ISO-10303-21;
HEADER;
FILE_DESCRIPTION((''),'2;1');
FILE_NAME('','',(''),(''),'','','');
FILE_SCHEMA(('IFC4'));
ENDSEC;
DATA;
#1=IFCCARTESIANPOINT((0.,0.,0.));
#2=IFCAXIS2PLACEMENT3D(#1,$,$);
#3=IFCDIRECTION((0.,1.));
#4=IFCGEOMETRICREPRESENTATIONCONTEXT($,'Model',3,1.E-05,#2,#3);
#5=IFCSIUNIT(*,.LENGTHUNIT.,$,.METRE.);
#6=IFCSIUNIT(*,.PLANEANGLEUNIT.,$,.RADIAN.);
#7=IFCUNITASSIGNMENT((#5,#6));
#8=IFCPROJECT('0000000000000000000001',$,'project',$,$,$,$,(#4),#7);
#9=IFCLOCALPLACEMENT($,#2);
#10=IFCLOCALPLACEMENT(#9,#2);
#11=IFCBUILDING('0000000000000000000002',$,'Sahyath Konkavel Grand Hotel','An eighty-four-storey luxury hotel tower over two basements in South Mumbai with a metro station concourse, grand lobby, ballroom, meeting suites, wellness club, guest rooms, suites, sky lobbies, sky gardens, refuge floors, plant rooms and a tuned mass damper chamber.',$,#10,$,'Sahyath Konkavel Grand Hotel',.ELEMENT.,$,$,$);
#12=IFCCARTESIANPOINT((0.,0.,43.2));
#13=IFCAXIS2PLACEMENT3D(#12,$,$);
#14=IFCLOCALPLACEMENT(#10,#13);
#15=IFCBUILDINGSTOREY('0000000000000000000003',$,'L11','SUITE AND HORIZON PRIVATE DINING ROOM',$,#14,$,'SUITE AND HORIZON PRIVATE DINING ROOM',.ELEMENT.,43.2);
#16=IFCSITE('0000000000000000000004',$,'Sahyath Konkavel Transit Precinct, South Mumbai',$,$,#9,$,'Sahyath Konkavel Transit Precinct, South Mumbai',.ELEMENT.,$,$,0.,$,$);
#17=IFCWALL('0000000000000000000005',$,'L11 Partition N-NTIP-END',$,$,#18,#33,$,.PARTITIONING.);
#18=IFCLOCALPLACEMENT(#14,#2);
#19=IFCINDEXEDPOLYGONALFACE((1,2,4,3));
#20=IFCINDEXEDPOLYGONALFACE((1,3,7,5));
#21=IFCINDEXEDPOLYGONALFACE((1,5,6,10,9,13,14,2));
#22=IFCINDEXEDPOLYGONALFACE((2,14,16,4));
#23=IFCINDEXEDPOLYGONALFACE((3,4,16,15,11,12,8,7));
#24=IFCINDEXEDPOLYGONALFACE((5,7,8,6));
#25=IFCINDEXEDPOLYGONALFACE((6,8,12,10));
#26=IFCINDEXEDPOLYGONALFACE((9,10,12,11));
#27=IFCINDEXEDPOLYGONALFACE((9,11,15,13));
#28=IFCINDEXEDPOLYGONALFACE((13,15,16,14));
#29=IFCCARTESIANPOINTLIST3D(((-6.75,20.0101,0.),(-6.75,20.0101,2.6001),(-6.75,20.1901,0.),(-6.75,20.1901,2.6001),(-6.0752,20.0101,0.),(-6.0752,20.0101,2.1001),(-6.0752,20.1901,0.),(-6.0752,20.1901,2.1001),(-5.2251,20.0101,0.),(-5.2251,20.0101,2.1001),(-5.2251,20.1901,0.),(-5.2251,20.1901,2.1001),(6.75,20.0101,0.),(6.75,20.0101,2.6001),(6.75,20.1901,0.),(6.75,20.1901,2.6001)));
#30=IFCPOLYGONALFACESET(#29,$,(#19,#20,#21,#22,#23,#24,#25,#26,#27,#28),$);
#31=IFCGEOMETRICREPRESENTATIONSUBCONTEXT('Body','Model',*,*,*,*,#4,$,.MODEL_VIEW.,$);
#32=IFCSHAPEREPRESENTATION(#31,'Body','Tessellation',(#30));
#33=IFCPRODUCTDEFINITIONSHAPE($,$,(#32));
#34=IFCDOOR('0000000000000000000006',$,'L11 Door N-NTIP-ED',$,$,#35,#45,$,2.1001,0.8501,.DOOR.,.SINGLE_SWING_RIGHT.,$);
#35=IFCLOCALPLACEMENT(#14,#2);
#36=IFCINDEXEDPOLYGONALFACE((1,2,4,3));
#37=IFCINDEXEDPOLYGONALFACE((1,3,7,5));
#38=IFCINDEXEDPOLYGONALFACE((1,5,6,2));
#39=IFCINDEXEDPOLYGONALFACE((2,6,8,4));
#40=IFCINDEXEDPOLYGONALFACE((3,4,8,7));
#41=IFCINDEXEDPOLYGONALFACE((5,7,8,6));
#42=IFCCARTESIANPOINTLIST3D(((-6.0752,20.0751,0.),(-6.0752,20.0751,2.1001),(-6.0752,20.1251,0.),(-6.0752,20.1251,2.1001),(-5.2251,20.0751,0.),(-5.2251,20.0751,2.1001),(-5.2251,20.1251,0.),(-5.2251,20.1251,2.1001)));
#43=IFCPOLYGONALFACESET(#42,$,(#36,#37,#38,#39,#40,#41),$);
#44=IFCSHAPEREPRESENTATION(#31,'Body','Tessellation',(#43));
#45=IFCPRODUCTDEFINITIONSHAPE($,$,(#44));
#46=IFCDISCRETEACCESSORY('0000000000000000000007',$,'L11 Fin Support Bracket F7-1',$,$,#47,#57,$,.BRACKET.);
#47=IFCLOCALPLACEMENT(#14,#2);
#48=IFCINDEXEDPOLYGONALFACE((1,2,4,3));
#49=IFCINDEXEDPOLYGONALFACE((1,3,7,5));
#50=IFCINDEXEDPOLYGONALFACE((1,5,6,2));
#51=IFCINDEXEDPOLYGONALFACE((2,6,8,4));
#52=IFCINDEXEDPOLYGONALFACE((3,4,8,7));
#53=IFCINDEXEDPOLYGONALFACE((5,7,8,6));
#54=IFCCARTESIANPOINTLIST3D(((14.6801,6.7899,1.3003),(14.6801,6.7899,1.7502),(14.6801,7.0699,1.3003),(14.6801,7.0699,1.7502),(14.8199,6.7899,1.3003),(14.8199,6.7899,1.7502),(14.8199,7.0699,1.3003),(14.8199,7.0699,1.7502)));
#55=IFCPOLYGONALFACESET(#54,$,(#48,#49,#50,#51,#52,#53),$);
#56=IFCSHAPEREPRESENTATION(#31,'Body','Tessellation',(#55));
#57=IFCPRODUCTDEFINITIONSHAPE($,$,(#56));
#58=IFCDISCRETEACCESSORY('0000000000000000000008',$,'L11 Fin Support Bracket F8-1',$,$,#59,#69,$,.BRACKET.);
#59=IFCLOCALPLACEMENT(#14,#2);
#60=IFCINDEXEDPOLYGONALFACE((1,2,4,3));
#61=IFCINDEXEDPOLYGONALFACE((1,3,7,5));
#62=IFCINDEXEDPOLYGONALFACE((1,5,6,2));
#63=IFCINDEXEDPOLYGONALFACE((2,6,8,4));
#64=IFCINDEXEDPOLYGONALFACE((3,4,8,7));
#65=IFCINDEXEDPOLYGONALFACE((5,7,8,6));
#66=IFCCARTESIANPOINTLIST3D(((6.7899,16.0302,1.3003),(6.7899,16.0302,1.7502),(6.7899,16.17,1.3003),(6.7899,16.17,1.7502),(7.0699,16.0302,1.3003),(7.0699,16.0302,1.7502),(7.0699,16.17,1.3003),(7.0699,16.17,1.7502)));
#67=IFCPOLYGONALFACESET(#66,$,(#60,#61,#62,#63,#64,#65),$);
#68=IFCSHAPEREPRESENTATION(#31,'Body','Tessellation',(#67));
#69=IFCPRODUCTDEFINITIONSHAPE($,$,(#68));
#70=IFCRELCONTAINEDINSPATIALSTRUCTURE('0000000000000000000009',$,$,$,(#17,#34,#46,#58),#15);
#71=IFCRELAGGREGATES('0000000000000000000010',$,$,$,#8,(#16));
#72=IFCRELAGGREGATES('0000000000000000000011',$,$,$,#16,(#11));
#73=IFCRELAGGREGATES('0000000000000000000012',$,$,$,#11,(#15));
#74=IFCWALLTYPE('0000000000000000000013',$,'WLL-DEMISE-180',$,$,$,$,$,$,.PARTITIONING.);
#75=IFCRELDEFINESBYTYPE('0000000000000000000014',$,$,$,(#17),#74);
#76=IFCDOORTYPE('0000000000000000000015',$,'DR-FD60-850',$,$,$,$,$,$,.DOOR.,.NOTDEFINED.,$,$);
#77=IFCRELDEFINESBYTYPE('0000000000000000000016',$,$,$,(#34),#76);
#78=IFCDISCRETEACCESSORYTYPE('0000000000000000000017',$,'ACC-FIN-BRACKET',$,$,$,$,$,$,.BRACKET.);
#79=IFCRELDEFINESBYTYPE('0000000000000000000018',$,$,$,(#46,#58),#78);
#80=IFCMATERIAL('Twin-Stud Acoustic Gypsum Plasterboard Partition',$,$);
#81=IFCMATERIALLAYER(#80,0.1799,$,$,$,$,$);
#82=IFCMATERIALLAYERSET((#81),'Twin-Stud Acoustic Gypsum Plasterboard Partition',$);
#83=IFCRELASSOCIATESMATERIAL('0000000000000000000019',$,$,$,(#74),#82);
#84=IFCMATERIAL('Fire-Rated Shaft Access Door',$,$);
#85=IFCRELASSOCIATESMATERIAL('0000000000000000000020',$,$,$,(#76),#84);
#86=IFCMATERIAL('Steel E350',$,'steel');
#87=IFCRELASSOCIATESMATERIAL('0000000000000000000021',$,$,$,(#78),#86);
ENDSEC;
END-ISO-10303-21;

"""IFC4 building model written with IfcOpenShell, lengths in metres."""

from ifc_helpers import new_model, si_unit, direction, frame, frame_2d, origin, origin_2d, place, context, subcontext, project, spatial, rectangle, extrude, source, transform, mapped, material, layer, layer_set, type_object, element, fill, save


model = new_model("IFC4")

# Units and contexts
model_context = context("Model", 3, precision=1e-05, world=origin(), true_north=direction((0.0, 1.0)))
body_context = subcontext(model_context, "Body", "Model", "MODEL_VIEW")
ifc_project = project(units=[si_unit("LENGTHUNIT", "METRE"), si_unit("PLANEANGLEUNIT", "RADIAN")], contexts=[model_context])

# Site, building, storey
site_placement = place(None, origin())
site = spatial("IfcSite", under=ifc_project, at=site_placement, Name="Sahyath Konkavel Transit Precinct, South Mumbai", LongName="Sahyath Konkavel Transit Precinct, South Mumbai", CompositionType="ELEMENT", RefElevation=0.0)
building_placement = place(site_placement, origin())
building = spatial("IfcBuilding", under=site, at=building_placement, Name="Sahyath Konkavel Grand Hotel", Description="An eighty-four-storey luxury hotel tower over two basements in South Mumbai with a metro station concourse, grand lobby, ballroom, meeting suites, wellness club, guest rooms, suites, sky lobbies, sky gardens, refuge floors, plant rooms and a tuned mass damper chamber.", LongName="Sahyath Konkavel Grand Hotel", CompositionType="ELEMENT")
storey_placement = place(building_placement, frame((0.0, 0.0, 43.2)))
storey = spatial("IfcBuildingStorey", under=building, at=storey_placement, Name="L11", Description="SUITE AND HORIZON PRIVATE DINING ROOM", LongName="SUITE AND HORIZON PRIVATE DINING ROOM", CompositionType="ELEMENT", Elevation=43.2)

# Shared definitions
ifc_material_1 = material(Name="Steel E350", Category="steel")

# Shared definitions
ifc_material_2 = material(Name="Twin-Stud Acoustic Gypsum Plasterboard Partition")
ifc_layer_1 = layer(ifc_material_2, 0.1799)
ifc_layer_set_1 = layer_set([ifc_layer_1], Name="Twin-Stud Acoustic Gypsum Plasterboard Partition")
wall_type_1 = type_object("IfcWallType", Name="WLL-DEMISE-180", PredefinedType="PARTITIONING", material=ifc_layer_set_1)

# Wall, opening, door
wall_1_placement = place(storey_placement, frame((6.75, 20.1001, 0.0), z_axis=(0.0, 0.0, 1.0), x_axis=(-1.0, 0.0, 0.0)))
wall_1 = element("IfcWall", 1, at=wall_1_placement, inside=storey, type_object=wall_type_1, Name="L11 Partition N-NTIP-END", PredefinedType="PARTITIONING", context=body_context, shape_type="SweptSolid", body=[
    extrude(rectangle(XDim=13.5, YDim=0.1799, at=frame_2d((6.75, 0.0))), origin(), (0.0, 0.0, 1.0), 2.6001),
])
opening_placement = place(wall_1_placement, frame((11.9751, 0.0, 0.0)))
opening = element("IfcOpeningElement", 2, at=opening_placement, cuts=wall_1, PredefinedType="OPENING", context=body_context, shape_type="SweptSolid", body=[
    extrude(rectangle(XDim=0.8501, YDim=2.1001, at=frame_2d((0.425, 1.05))), frame((0.0, 0.1001, 0.0), z_axis=(0.0, -1.0, 0.0), x_axis=(1.0, 0.0, 0.0)), (0.0, 0.0, 1.0), 0.2),
])
ifc_material_3 = material(Name="Fire-Rated Shaft Access Door")
door_type = type_object("IfcDoorType", Name="DR-FD60-850", OperationType="NOTDEFINED", PredefinedType="DOOR", material=ifc_material_3)
shared_shape_1 = source(origin(), body_context, "Body", "SweptSolid", [
    extrude(rectangle(XDim=0.8501, YDim=0.05, at=origin_2d()), origin(), (0.0, 0.0, 1.0), 2.1001),
])
door_placement = place(opening_placement, frame((0.425, 0.0, 0.0)))
door = element("IfcDoor", 3, at=door_placement, inside=storey, type_object=door_type, Name="L11 Door N-NTIP-ED", OperationType="SINGLE_SWING_RIGHT", OverallHeight=2.1001, OverallWidth=0.8501, PredefinedType="DOOR", context=body_context, shape_type="MappedRepresentation", body=[
    mapped(shared_shape_1, transform((0.0, 0.0, 0.0), scale=1.0)),
])
fill(opening, door)

# Discrete accessories
discrete_accessory_type = type_object("IfcDiscreteAccessoryType", Name="ACC-FIN-BRACKET", PredefinedType="BRACKET", material=ifc_material_1)
shared_shape_2 = source(origin(), body_context, "Body", "SweptSolid", [
    extrude(rectangle(XDim=0.28, YDim=0.1399, at=origin_2d()), origin(), (0.0, 0.0, 1.0), 0.45),
])
for number, where, z_axis, x_axis, name in (
    (4, (14.75, 6.9299, 1.3003), (0.0, 0.0, 1.0), (0.0, 1.0, 0.0), "L11 Fin Support Bracket F7-1"),
    (5, (6.9299, 16.1001, 1.3003), (0.0, 0.0, 1.0), (1.0, 0.0, 0.0), "L11 Fin Support Bracket F8-1"),
):
    element("IfcDiscreteAccessory", number, at=place(storey_placement, frame(where, z_axis=z_axis, x_axis=x_axis)), inside=storey, type_object=discrete_accessory_type, Name=name, PredefinedType="BRACKET", context=body_context, shape_type="MappedRepresentation", body=[
        mapped(shared_shape_2, transform((0.0, 0.0, 0.0), scale=1.0)),
    ])

save(model, "model.ifc")
